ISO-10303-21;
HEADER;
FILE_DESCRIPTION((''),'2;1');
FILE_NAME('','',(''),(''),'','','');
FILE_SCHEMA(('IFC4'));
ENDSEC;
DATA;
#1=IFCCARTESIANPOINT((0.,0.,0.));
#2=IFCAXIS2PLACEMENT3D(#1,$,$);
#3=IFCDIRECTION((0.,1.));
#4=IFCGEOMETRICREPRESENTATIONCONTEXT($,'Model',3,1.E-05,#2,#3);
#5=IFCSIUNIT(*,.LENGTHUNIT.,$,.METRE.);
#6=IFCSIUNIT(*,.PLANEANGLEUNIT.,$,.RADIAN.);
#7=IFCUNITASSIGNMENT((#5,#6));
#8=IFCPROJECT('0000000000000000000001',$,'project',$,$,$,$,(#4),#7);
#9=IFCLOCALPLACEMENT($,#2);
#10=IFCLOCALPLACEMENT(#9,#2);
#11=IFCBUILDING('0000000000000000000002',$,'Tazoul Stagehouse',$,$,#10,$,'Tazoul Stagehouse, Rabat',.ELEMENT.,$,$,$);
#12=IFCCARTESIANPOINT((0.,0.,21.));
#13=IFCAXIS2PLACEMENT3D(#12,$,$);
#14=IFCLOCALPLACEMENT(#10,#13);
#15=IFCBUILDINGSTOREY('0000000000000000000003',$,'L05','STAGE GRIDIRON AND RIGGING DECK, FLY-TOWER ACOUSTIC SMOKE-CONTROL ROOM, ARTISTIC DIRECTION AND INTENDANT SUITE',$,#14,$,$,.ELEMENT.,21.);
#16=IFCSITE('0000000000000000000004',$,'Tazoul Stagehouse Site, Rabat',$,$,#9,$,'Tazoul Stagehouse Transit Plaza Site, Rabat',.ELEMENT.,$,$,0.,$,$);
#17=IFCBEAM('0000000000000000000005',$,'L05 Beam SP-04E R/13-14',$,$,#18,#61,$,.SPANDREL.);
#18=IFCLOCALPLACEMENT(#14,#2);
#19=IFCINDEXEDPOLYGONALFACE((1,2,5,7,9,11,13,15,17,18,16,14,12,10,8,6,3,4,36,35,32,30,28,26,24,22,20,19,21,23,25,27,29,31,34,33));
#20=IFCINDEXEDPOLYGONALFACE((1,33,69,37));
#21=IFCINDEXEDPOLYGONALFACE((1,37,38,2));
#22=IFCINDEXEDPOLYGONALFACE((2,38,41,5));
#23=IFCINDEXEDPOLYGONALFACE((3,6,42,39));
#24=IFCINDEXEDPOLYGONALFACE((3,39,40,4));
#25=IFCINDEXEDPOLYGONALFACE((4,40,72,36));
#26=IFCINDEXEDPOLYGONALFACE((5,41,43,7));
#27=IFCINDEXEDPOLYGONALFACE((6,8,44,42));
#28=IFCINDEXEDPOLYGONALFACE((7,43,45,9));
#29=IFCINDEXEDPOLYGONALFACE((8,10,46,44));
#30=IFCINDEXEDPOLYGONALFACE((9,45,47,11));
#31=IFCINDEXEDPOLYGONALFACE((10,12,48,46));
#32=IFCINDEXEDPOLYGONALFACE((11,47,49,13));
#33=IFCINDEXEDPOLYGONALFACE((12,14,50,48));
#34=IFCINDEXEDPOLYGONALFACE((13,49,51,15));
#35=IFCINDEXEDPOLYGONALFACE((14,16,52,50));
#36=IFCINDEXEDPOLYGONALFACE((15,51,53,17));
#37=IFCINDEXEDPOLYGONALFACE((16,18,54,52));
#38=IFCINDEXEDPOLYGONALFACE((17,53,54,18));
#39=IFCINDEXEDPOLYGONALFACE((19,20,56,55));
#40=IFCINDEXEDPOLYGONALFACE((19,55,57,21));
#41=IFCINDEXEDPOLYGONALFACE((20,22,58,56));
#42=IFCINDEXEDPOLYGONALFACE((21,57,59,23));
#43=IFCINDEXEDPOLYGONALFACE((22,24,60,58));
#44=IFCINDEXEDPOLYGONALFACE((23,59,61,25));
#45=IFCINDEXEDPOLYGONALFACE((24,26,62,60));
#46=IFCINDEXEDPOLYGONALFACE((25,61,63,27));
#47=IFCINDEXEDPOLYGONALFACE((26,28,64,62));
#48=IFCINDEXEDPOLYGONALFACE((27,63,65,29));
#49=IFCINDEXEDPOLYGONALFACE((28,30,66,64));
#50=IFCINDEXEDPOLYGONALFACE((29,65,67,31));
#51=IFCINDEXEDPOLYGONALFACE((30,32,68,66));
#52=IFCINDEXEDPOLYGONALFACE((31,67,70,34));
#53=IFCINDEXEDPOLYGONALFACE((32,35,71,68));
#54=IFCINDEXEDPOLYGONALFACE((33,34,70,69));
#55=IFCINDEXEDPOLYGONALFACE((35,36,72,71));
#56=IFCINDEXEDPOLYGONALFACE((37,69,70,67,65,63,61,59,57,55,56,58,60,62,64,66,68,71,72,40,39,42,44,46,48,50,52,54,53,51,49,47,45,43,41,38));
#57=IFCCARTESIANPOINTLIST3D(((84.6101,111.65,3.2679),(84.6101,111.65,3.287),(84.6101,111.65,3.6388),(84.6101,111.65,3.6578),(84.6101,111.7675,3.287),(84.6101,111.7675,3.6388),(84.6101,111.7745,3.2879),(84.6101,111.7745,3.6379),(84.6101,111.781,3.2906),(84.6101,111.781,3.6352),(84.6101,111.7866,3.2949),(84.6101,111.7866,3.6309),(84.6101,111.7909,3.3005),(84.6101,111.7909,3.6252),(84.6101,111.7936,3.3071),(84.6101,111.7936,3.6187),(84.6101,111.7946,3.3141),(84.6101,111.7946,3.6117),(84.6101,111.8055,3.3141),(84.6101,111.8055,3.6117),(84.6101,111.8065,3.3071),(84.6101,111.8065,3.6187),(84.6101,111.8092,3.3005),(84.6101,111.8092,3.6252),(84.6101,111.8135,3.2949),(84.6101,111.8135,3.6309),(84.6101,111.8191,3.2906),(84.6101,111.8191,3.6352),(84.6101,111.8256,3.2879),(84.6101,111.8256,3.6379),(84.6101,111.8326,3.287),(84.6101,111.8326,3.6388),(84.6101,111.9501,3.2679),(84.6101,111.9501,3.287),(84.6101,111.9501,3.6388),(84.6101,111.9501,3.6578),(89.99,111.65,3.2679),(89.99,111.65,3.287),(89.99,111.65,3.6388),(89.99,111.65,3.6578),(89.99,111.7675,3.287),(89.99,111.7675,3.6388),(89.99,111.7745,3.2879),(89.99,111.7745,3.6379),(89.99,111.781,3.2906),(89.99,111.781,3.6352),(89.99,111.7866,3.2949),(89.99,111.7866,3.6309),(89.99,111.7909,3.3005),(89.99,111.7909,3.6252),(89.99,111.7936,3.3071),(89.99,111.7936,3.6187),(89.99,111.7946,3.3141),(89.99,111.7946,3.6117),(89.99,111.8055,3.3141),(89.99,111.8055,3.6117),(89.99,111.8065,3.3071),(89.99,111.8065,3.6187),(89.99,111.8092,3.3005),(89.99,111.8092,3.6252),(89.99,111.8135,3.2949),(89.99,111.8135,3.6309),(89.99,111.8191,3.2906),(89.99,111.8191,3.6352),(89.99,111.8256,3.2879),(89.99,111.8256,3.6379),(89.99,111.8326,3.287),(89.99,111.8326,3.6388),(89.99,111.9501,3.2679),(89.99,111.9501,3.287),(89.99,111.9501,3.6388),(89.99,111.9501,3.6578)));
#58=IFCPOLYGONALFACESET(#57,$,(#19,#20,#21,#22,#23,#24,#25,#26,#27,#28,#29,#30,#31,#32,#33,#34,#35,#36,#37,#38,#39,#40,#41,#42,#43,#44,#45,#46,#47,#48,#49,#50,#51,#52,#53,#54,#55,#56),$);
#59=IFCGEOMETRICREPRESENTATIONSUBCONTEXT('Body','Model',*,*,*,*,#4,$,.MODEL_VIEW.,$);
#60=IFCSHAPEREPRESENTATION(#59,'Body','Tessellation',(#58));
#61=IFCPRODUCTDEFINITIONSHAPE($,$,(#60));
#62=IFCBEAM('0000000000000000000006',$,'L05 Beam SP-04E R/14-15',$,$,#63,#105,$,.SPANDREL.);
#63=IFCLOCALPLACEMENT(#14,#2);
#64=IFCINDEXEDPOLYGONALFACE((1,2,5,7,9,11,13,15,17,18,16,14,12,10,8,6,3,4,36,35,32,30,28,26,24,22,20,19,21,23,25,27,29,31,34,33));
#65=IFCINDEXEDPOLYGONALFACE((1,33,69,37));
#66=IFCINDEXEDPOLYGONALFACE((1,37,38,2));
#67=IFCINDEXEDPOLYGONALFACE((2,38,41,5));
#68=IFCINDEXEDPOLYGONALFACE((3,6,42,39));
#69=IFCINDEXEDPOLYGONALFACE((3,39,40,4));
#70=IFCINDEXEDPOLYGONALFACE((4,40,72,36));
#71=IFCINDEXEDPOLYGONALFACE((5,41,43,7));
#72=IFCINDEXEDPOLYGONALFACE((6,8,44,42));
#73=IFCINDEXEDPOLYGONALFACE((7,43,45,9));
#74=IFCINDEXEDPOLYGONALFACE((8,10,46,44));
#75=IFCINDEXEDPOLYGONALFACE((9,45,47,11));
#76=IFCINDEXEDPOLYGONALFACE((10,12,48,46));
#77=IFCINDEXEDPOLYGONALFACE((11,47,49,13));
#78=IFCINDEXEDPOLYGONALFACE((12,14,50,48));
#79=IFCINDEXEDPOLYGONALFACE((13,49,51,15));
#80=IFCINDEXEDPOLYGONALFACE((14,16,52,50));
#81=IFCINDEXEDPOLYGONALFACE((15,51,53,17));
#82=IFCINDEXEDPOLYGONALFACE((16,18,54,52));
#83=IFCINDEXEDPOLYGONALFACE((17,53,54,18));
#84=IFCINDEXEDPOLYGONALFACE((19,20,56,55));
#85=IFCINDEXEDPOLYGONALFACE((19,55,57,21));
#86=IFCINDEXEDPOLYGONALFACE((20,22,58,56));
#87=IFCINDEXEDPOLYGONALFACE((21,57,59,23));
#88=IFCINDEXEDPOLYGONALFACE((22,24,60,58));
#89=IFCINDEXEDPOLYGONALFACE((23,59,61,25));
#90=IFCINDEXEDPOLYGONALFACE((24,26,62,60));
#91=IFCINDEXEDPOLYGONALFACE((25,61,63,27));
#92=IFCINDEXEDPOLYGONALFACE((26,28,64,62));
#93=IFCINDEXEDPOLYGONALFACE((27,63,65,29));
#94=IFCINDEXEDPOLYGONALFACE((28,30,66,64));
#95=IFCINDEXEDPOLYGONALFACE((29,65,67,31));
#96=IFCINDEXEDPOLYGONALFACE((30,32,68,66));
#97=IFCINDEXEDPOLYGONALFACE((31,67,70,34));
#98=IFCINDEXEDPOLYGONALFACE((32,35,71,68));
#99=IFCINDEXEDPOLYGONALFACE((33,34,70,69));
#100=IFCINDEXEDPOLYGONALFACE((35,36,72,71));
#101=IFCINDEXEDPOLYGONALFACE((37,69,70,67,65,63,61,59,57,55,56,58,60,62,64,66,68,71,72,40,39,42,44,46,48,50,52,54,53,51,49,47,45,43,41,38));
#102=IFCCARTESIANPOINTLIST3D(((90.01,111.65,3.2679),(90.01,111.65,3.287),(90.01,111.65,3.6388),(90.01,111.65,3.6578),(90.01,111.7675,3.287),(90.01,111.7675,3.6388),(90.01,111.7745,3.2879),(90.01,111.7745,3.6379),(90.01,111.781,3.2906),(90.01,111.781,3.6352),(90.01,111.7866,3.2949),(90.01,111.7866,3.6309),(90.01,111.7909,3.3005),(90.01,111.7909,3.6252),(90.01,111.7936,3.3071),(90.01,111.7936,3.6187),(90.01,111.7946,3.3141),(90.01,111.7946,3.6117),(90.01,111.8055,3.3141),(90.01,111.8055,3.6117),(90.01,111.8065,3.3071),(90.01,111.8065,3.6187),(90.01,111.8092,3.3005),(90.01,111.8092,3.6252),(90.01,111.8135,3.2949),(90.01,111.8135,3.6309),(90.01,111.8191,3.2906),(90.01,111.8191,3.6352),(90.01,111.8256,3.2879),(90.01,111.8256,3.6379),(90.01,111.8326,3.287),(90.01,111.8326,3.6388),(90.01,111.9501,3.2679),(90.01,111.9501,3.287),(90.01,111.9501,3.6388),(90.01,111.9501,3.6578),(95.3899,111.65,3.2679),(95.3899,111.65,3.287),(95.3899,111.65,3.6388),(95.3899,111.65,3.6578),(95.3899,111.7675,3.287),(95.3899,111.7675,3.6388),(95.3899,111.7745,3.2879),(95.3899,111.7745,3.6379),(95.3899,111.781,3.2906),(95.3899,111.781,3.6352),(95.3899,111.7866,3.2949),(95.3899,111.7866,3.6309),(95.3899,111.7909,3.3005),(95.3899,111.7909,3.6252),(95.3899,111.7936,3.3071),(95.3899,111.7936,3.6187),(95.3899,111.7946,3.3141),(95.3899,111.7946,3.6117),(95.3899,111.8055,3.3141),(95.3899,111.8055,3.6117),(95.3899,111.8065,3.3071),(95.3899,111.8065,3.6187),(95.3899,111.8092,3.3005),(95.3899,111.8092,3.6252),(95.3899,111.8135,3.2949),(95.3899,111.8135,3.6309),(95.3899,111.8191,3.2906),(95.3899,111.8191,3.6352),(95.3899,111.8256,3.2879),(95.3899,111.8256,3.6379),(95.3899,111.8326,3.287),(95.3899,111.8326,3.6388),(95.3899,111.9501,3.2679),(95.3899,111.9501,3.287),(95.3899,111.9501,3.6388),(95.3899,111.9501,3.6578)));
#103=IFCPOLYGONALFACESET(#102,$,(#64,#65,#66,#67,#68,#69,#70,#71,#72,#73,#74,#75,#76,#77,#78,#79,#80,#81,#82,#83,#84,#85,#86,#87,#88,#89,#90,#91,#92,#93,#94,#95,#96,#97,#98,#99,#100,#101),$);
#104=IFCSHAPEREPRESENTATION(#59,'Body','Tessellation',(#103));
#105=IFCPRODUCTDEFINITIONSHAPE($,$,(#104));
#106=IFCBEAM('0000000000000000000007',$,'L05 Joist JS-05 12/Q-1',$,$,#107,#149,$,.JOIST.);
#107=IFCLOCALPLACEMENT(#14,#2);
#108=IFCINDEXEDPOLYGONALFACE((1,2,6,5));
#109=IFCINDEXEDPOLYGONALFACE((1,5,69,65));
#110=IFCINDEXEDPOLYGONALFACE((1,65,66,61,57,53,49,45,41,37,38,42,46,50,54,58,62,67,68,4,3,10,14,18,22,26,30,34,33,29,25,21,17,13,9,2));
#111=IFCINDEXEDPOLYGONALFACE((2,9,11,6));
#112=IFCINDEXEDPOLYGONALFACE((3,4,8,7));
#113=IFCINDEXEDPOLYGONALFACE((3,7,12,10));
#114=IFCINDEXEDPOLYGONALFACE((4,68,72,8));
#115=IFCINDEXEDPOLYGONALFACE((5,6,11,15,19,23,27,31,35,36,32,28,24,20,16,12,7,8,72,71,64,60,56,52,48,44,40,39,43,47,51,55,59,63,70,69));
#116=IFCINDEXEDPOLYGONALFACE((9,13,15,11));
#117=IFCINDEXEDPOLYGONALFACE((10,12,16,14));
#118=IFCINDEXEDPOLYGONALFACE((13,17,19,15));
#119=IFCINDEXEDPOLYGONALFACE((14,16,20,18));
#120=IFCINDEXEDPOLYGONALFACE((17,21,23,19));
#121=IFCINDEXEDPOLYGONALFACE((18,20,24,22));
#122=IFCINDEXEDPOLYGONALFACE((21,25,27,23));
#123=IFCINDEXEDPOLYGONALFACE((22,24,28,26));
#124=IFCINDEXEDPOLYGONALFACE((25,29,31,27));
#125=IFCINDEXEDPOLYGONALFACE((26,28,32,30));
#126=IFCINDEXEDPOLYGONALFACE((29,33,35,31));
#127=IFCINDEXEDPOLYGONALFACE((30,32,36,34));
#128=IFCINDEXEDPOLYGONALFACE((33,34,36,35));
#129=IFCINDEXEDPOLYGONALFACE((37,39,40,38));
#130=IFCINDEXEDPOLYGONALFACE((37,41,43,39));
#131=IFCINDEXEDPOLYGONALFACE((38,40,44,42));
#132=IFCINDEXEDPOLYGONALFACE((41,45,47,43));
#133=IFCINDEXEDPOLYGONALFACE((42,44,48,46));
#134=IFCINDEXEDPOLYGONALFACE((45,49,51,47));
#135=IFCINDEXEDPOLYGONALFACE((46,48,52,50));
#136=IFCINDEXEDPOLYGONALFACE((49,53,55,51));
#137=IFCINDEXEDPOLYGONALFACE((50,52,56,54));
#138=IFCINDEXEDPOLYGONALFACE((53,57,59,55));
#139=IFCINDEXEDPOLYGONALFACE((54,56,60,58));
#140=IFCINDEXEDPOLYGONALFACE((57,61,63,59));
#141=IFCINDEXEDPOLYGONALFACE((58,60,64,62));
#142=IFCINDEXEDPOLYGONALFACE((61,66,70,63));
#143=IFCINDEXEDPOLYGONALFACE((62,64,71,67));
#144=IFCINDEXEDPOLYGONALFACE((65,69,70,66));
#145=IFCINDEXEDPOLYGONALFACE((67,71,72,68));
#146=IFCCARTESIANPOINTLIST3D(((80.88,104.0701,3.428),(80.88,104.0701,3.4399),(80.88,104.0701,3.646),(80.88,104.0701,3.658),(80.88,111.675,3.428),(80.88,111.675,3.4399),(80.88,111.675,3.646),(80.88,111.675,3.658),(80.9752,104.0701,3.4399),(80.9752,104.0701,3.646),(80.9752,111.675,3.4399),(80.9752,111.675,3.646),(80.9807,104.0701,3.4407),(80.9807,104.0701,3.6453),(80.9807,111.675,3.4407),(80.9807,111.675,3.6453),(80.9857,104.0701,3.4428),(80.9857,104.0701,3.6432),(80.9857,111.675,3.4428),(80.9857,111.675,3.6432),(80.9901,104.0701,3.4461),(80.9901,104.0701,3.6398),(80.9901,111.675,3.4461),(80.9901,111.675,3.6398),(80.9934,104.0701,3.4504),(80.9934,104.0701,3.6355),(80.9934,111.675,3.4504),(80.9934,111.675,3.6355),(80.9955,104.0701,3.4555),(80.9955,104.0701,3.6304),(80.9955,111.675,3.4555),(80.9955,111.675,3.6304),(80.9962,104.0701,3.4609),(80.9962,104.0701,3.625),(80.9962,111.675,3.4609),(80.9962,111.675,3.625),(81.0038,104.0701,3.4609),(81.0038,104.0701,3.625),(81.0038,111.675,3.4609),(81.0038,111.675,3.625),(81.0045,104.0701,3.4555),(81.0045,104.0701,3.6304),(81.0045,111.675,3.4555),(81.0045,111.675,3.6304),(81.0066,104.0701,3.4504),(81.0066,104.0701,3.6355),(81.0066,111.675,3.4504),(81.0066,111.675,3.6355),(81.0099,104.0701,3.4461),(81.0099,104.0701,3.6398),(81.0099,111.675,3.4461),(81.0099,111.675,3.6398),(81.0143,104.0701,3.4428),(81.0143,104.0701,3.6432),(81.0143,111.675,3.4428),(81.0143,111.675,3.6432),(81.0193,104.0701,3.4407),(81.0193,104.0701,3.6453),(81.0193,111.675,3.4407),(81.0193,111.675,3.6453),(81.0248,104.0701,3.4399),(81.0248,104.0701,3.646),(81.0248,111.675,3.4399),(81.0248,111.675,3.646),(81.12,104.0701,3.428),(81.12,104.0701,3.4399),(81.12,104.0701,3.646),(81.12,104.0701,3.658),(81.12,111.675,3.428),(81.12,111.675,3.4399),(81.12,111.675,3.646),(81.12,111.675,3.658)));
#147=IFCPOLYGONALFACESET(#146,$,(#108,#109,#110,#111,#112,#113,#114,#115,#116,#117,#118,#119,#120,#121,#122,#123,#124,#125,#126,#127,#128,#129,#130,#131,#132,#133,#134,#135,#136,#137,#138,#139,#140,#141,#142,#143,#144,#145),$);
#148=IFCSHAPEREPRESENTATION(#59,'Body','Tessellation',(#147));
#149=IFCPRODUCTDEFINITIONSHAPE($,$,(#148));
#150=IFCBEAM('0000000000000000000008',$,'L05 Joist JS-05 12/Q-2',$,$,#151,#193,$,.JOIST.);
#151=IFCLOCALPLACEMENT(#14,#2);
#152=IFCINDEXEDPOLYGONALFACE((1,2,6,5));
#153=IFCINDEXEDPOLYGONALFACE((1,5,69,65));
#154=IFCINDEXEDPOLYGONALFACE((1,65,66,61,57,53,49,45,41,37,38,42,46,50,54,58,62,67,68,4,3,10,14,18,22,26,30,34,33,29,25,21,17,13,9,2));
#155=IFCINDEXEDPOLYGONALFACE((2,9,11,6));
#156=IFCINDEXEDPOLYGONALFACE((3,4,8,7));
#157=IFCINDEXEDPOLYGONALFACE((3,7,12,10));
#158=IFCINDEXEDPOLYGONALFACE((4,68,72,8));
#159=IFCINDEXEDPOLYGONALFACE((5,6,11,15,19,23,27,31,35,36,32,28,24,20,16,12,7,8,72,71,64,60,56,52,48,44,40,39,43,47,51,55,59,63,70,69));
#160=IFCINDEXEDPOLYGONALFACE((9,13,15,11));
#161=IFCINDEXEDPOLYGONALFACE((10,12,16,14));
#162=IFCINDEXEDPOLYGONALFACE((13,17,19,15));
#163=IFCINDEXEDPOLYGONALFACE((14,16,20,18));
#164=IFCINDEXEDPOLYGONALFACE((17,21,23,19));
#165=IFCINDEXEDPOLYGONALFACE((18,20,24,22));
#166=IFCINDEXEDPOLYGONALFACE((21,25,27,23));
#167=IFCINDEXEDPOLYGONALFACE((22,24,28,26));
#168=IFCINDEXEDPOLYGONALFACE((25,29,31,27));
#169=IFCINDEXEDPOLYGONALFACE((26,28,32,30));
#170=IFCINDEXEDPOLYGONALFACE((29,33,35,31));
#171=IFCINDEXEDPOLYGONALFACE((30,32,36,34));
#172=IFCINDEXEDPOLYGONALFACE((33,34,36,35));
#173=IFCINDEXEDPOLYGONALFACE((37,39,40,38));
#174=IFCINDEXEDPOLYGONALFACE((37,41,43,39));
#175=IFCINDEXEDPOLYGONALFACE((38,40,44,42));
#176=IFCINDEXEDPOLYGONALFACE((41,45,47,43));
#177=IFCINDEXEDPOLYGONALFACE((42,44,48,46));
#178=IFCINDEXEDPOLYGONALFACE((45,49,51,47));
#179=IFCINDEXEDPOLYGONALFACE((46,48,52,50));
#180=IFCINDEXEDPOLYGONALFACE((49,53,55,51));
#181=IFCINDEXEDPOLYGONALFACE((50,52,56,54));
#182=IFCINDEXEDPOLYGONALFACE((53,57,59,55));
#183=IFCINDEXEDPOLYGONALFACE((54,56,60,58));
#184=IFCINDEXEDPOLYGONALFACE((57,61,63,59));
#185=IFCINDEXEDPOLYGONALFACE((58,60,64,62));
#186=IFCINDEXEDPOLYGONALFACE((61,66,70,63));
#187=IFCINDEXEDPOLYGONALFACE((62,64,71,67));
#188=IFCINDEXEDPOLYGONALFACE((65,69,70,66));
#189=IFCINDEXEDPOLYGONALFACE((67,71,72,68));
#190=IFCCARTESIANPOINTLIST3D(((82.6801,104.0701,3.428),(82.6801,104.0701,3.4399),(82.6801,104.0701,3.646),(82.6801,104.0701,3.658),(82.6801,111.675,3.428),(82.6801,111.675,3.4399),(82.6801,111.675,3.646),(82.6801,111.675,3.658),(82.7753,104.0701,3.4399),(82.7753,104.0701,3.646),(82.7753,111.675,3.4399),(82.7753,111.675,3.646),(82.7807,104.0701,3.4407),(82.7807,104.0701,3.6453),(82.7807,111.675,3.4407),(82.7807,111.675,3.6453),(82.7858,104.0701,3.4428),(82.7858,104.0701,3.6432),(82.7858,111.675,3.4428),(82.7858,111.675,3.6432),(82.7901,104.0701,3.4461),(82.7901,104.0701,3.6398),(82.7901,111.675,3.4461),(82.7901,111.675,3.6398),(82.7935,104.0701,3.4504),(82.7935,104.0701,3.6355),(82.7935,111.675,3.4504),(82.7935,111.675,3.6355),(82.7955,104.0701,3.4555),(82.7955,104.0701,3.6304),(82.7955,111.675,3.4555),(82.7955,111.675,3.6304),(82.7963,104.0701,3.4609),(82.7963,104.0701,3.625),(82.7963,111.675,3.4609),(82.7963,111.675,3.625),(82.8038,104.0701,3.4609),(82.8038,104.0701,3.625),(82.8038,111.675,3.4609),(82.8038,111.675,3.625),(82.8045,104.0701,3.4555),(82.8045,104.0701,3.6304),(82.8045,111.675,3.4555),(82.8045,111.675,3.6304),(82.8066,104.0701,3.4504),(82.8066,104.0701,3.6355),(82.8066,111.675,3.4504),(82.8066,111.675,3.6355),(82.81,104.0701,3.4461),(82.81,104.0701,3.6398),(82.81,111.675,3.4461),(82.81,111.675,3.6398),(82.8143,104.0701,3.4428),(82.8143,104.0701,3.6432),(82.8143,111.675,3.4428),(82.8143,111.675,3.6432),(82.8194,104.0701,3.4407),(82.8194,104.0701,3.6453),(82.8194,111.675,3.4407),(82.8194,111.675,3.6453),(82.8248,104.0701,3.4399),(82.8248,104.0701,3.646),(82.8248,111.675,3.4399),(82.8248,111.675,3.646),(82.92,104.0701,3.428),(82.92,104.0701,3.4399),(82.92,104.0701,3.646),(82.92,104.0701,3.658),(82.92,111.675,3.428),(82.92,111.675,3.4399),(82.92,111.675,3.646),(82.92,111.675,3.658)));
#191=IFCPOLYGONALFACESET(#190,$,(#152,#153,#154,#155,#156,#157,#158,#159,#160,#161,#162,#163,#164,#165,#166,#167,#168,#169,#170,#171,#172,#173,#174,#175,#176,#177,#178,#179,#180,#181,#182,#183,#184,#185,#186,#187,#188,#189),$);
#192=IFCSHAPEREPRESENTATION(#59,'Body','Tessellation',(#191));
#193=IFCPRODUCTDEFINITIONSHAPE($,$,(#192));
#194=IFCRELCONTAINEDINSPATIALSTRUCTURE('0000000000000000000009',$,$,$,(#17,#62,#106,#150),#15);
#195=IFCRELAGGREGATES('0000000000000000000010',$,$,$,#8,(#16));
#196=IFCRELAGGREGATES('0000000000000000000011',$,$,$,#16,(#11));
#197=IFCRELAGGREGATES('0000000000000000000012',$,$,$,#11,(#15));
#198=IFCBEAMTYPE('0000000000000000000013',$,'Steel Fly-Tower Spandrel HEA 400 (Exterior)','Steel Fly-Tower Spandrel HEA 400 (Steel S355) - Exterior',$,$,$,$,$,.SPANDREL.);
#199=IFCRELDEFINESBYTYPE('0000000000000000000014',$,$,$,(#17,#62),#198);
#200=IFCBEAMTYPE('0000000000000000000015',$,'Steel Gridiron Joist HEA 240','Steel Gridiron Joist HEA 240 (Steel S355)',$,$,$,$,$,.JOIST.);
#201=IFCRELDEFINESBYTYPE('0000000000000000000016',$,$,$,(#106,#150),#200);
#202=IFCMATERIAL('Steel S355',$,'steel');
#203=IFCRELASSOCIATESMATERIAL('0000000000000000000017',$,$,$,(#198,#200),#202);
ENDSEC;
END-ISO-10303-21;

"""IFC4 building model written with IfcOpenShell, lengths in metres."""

from ifc_helpers import new_model, si_unit, direction, frame, origin, origin_2d, place, context, subcontext, project, spatial, i_section, extrude, material, material_profile, profile_set, type_object, element, save


model = new_model("IFC4")

# Units and contexts
model_context = context("Model", 3, precision=1e-05, world=origin(), true_north=direction((0.0, 1.0)))
body_context = subcontext(model_context, "Body", "Model", "MODEL_VIEW")
ifc_project = project(units=[si_unit("LENGTHUNIT", "METRE"), si_unit("PLANEANGLEUNIT", "RADIAN")], contexts=[model_context])

# Site, building, storey
site_placement = place(None, origin())
site = spatial("IfcSite", under=ifc_project, at=site_placement, Name="Tazoul Stagehouse Site, Rabat", LongName="Tazoul Stagehouse Transit Plaza Site, Rabat", CompositionType="ELEMENT", RefElevation=0.0)
building_placement = place(site_placement, origin())
building = spatial("IfcBuilding", under=site, at=building_placement, Name="Tazoul Stagehouse", LongName="Tazoul Stagehouse, Rabat", CompositionType="ELEMENT")
storey_placement = place(building_placement, frame((0.0, 0.0, 21.0)))
storey = spatial("IfcBuildingStorey", under=building, at=storey_placement, Name="L05", Description="STAGE GRIDIRON AND RIGGING DECK, FLY-TOWER ACOUSTIC SMOKE-CONTROL ROOM, ARTISTIC DIRECTION AND INTENDANT SUITE", CompositionType="ELEMENT", Elevation=21.0)

# Shared definitions
ifc_material_1 = material(Name="Steel S355", Category="steel")

# Beams
ifc_material_profile_1 = material_profile(ifc_material_1, i_section(OverallWidth=0.3, OverallDepth=0.3899, WebThickness=0.011, FlangeThickness=0.019, FilletRadius=0.0271, at=origin_2d()), Name="HEA 400")
ifc_profile_set_1 = profile_set([ifc_material_profile_1], Name="Steel S355")
beam_type_1 = type_object("IfcBeamType", Name="Steel Fly-Tower Spandrel HEA 400 (Exterior)", Description="Steel Fly-Tower Spandrel HEA 400 (Steel S355) - Exterior", PredefinedType="SPANDREL", material=ifc_profile_set_1)
for number, where, z_axis, x_axis, name in (
    (1, (84.6101, 111.8, 3.4629), (1.0, 0.0, 0.0), (0.0, 1.0, 0.0), "L05 Beam SP-04E R/13-14"),
    (2, (90.01, 111.8, 3.4629), (1.0, 0.0, 0.0), (0.0, 1.0, 0.0), "L05 Beam SP-04E R/14-15"),
):
    element("IfcBeam", number, at=place(storey_placement, frame(where, z_axis=z_axis, x_axis=x_axis)), inside=storey, type_object=beam_type_1, Name=name, PredefinedType="SPANDREL", context=body_context, shape_type="SweptSolid", body=[
        extrude(i_section(OverallWidth=0.3, OverallDepth=0.3899, WebThickness=0.011, FlangeThickness=0.019, FilletRadius=0.0271, at=origin_2d()), origin(), (0.0, 0.0, 1.0), 5.3799),
    ])
ifc_material_profile_2 = material_profile(ifc_material_1, i_section(OverallWidth=0.24, OverallDepth=0.23, WebThickness=0.0076, FlangeThickness=0.012, FilletRadius=0.021, at=origin_2d()), Name="HEA 240")
ifc_profile_set_2 = profile_set([ifc_material_profile_2], Name="Steel S355")
beam_type_2 = type_object("IfcBeamType", Name="Steel Gridiron Joist HEA 240", Description="Steel Gridiron Joist HEA 240 (Steel S355)", PredefinedType="JOIST", material=ifc_profile_set_2)
for number, where, z_axis, x_axis, name in (
    (3, (81.0, 104.0701, 3.543), (0.0, 1.0, 0.0), (-1.0, 0.0, 0.0), "L05 Joist JS-05 12/Q-1"),
    (4, (82.8, 104.0701, 3.543), (0.0, 1.0, 0.0), (-1.0, 0.0, 0.0), "L05 Joist JS-05 12/Q-2"),
):
    element("IfcBeam", number, at=place(storey_placement, frame(where, z_axis=z_axis, x_axis=x_axis)), inside=storey, type_object=beam_type_2, Name=name, PredefinedType="JOIST", context=body_context, shape_type="SweptSolid", body=[
        extrude(i_section(OverallWidth=0.24, OverallDepth=0.23, WebThickness=0.0076, FlangeThickness=0.012, FilletRadius=0.021, at=origin_2d()), origin(), (0.0, 0.0, 1.0), 7.605),
    ])

save(model, "model.ifc")
